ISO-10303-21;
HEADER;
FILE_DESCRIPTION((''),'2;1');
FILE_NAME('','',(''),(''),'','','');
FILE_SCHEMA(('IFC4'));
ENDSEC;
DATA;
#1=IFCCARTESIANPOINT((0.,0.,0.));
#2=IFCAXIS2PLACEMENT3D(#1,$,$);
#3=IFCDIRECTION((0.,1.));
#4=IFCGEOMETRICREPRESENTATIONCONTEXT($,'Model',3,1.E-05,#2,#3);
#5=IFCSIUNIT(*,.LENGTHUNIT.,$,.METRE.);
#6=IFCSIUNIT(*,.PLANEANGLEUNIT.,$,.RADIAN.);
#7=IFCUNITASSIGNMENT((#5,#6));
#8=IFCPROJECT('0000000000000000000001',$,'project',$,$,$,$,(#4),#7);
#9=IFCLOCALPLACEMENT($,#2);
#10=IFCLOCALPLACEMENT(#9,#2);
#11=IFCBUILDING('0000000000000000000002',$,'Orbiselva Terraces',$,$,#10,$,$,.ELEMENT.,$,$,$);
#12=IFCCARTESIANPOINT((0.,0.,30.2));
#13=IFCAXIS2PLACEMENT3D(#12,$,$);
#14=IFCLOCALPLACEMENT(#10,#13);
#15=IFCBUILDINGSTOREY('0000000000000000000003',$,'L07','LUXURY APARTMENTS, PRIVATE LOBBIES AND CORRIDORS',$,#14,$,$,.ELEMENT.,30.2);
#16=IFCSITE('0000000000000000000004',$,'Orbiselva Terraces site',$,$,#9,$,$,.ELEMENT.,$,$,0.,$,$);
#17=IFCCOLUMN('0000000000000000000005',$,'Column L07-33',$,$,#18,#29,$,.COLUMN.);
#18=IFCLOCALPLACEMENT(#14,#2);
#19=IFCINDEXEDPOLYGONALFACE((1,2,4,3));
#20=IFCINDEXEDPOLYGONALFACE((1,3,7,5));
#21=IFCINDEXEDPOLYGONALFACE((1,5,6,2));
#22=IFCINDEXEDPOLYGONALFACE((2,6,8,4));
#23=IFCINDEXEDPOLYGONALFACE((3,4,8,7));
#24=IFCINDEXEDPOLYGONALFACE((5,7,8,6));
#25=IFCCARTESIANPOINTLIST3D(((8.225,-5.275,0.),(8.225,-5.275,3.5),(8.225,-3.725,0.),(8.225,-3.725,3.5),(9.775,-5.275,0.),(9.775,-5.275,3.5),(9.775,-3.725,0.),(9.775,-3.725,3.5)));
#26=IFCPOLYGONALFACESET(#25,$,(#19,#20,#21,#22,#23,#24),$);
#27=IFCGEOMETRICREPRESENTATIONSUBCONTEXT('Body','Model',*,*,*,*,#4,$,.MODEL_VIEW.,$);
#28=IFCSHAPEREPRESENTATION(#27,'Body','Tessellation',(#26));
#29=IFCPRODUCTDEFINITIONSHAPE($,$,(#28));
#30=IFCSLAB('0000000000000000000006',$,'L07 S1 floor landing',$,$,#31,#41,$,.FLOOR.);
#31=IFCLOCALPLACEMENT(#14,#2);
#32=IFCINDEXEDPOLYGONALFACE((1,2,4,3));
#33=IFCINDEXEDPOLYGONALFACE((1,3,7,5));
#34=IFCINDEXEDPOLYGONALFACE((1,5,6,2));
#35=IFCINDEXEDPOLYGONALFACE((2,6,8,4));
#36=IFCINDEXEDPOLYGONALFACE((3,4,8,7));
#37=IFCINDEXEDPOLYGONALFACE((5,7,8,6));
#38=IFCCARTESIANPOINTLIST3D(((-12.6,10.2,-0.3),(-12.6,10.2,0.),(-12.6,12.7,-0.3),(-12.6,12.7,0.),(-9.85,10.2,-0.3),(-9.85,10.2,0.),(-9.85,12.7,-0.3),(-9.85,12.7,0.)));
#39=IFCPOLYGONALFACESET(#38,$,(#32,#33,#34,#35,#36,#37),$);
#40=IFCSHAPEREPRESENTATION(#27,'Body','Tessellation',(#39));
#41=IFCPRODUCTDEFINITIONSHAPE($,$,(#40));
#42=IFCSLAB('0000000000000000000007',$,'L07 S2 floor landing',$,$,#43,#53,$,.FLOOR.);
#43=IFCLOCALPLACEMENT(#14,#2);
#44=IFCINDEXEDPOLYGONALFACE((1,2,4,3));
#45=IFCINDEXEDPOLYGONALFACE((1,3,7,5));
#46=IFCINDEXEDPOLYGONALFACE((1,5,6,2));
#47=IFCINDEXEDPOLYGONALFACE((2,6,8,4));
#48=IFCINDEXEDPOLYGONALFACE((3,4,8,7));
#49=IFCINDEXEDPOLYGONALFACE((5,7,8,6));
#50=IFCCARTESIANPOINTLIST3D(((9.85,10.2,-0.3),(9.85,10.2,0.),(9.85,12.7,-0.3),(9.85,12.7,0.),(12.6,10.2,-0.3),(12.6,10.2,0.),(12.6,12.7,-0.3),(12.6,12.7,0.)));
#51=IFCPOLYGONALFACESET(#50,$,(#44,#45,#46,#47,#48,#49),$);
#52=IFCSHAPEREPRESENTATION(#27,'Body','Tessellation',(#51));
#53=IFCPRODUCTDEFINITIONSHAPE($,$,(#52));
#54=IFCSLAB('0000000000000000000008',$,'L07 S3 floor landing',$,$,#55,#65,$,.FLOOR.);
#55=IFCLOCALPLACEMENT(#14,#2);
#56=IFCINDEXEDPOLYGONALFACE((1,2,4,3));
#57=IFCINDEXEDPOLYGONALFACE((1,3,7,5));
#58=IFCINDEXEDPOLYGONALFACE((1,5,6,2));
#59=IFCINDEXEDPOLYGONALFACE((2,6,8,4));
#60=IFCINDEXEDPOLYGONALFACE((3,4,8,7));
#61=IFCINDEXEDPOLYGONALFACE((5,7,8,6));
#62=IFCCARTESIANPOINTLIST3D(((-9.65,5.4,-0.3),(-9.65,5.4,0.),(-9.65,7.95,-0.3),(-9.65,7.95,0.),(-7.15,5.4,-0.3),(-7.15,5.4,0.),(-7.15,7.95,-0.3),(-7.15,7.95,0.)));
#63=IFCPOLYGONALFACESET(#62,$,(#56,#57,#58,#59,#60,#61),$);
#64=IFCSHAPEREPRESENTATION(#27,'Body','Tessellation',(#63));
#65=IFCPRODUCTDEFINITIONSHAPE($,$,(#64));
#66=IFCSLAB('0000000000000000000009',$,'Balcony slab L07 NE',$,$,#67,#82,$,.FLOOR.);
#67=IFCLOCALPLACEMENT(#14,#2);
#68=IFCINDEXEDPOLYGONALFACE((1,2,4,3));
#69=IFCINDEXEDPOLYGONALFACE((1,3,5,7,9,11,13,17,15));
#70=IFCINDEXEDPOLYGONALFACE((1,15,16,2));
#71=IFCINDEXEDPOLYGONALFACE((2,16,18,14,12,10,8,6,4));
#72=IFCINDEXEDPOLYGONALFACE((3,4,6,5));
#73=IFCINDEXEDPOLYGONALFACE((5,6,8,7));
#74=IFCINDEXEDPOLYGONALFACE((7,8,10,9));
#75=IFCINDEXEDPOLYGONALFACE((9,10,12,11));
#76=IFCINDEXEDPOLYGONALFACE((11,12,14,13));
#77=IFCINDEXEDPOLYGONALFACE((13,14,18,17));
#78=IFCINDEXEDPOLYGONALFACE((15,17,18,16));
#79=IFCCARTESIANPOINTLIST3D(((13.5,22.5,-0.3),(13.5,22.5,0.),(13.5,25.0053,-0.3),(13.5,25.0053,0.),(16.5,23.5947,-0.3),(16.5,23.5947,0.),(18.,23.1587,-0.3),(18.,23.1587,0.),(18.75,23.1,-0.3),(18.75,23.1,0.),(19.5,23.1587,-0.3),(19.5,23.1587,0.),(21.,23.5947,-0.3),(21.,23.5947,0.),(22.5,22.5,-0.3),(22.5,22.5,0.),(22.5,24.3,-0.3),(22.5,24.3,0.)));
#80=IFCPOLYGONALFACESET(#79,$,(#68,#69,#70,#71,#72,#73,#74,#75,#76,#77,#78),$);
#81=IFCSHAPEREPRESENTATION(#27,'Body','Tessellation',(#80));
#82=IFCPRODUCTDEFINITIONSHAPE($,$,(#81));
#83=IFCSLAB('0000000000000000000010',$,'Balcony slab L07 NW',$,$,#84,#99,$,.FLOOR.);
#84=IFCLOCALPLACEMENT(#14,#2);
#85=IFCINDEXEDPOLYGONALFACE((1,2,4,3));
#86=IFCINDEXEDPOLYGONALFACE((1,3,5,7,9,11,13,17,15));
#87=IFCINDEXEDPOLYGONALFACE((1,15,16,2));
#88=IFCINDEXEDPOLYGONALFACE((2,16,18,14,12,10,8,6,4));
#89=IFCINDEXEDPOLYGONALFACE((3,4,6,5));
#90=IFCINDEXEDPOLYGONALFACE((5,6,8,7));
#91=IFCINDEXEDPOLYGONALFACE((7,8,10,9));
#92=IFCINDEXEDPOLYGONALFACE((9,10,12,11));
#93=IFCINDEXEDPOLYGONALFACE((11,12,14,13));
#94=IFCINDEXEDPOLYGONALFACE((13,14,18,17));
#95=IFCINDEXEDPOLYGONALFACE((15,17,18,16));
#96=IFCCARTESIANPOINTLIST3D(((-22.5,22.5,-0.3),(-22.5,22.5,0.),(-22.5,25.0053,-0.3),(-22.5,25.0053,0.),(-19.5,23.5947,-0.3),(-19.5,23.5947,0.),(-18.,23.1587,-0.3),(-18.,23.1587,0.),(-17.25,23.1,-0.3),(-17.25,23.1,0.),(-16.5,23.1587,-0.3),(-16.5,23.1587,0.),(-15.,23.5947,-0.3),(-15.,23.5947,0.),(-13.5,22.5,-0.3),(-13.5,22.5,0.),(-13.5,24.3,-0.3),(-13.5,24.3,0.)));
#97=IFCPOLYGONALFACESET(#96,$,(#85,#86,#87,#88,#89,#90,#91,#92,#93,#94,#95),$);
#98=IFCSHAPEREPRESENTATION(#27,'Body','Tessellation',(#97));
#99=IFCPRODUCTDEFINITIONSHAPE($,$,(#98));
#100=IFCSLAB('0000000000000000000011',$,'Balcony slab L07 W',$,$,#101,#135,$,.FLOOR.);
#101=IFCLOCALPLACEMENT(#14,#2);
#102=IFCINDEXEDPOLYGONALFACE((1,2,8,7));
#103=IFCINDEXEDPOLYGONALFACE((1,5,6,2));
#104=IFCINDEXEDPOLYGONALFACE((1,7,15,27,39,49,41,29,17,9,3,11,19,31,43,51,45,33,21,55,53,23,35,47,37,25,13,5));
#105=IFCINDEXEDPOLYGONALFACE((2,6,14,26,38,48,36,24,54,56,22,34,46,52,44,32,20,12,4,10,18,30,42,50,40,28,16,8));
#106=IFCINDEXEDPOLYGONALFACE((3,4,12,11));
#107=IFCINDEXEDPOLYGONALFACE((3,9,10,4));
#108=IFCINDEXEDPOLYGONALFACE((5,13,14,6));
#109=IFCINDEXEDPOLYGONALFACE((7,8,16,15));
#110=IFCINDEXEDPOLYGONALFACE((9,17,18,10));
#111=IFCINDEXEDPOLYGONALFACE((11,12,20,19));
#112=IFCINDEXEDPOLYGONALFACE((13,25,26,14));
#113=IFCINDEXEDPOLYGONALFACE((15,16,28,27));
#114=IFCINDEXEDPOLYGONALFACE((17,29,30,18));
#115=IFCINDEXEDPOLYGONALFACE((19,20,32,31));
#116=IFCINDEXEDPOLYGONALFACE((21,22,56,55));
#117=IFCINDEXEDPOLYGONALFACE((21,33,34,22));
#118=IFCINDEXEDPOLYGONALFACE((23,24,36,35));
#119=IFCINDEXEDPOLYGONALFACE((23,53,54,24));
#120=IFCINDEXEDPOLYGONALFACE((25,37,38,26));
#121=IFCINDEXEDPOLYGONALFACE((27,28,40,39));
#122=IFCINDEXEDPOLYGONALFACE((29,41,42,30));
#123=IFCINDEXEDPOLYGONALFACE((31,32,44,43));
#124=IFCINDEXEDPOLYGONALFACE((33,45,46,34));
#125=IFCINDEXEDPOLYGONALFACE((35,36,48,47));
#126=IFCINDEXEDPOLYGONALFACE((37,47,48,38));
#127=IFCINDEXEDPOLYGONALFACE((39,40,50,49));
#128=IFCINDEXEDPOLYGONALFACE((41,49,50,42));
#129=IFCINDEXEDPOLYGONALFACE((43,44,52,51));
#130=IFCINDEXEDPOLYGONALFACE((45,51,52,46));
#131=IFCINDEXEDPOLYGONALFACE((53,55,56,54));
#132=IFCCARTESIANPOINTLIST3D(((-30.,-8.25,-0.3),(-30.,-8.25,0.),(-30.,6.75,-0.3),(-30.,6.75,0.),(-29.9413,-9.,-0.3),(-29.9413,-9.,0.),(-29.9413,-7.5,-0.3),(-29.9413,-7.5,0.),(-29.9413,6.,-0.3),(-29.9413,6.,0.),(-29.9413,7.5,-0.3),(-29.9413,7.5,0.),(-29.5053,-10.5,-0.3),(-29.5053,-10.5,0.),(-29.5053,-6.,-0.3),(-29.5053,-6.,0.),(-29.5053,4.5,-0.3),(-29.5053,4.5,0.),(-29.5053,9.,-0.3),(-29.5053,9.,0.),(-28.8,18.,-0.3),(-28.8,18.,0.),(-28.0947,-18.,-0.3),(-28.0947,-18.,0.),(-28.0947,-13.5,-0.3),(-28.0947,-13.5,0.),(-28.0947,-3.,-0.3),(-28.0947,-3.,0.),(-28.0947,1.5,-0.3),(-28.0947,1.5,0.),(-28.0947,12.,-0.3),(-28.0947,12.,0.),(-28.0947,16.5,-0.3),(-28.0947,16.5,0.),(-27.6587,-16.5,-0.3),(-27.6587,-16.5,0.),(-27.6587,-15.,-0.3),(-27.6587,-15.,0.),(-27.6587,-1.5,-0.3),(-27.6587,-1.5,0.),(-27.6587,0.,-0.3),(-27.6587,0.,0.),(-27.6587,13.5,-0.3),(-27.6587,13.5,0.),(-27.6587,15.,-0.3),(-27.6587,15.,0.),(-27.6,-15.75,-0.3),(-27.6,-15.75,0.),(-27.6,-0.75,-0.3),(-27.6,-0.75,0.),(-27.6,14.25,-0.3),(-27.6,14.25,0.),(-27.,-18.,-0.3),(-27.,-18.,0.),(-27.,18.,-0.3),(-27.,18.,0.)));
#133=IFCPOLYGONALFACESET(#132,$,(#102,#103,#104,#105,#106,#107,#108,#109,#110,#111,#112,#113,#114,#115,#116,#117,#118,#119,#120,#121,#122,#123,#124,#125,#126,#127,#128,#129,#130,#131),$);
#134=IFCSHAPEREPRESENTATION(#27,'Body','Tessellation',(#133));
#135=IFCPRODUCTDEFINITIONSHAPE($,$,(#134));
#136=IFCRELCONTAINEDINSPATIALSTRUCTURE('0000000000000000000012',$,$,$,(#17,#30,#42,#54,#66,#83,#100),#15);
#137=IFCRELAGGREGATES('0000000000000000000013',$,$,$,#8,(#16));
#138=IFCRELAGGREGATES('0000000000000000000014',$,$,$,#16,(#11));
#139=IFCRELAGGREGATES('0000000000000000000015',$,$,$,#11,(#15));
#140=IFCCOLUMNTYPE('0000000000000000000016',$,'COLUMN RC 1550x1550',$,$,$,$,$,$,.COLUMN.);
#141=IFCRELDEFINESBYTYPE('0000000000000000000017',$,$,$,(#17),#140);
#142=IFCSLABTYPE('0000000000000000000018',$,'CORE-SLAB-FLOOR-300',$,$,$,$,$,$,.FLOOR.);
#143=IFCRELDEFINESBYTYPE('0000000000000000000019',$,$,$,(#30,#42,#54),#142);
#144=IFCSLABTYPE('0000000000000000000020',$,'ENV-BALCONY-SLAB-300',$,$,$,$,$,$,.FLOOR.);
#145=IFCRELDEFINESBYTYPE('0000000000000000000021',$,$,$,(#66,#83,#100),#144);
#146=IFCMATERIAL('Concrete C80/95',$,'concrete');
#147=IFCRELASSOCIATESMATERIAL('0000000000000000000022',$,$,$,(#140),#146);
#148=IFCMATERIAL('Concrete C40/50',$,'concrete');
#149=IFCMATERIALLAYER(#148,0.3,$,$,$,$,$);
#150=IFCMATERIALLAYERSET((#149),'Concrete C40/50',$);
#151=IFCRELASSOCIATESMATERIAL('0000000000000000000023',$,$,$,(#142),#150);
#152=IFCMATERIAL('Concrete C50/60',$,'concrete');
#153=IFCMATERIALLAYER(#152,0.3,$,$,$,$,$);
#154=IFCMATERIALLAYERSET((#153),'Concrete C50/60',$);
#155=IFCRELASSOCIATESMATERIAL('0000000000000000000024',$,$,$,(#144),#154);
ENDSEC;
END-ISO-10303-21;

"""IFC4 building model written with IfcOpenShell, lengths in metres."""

from ifc_helpers import new_model, si_unit, direction, frame, origin, origin_2d, place, context, subcontext, project, spatial, polyline, rectangle, outline, extrude, material, layer, layer_set, material_profile, profile_set, type_object, element, save


model = new_model("IFC4")

# Units and contexts
model_context = context("Model", 3, precision=1e-05, world=origin(), true_north=direction((0.0, 1.0)))
body_context = subcontext(model_context, "Body", "Model", "MODEL_VIEW")
ifc_project = project(units=[si_unit("LENGTHUNIT", "METRE"), si_unit("PLANEANGLEUNIT", "RADIAN")], contexts=[model_context])

# Site, building, storey
site_placement = place(None, origin())
site = spatial("IfcSite", under=ifc_project, at=site_placement, Name="Orbiselva Terraces site", CompositionType="ELEMENT", RefElevation=0.0)
building_placement = place(site_placement, origin())
building = spatial("IfcBuilding", under=site, at=building_placement, Name="Orbiselva Terraces", CompositionType="ELEMENT")
storey_placement = place(building_placement, frame((0.0, 0.0, 30.2)))
storey = spatial("IfcBuildingStorey", under=building, at=storey_placement, Name="L07", Description="LUXURY APARTMENTS, PRIVATE LOBBIES AND CORRIDORS", CompositionType="ELEMENT", Elevation=30.2)

# Column
ifc_material_1 = material(Name="Concrete C80/95", Category="concrete")
ifc_material_profile = material_profile(ifc_material_1, rectangle(XDim=1.55, YDim=1.55, at=origin_2d()), Name="RC 1550x1550")
ifc_profile_set = profile_set([ifc_material_profile], Name="Concrete C80/95")
column_type = type_object("IfcColumnType", Name="COLUMN RC 1550x1550", PredefinedType="COLUMN", material=ifc_profile_set)
column_placement = place(storey_placement, frame((9.0, -4.5, 0.0), z_axis=(0.0, 0.0, 1.0), x_axis=(1.0, 0.0, 0.0)))
element("IfcColumn", 1, at=column_placement, inside=storey, type_object=column_type, Name="Column L07-33", PredefinedType="COLUMN", context=body_context, shape_type="SweptSolid", body=[
    extrude(rectangle(XDim=1.55, YDim=1.55, at=origin_2d()), origin(), (0.0, 0.0, 1.0), 3.5),
])

# Slabs
ifc_material_2 = material(Name="Concrete C40/50", Category="concrete")
ifc_layer_1 = layer(ifc_material_2, 0.3)
ifc_layer_set_1 = layer_set([ifc_layer_1], Name="Concrete C40/50")
slab_type_1 = type_object("IfcSlabType", Name="CORE-SLAB-FLOOR-300", PredefinedType="FLOOR", material=ifc_layer_set_1)
slab_1_placement = place(storey_placement, frame((0.0, 0.0, -0.3)))
element("IfcSlab", 2, at=slab_1_placement, inside=storey, type_object=slab_type_1, Name="L07 S1 floor landing", PredefinedType="FLOOR", context=body_context, shape_type="SweptSolid", body=[
    extrude(outline(polyline([(-12.6, 12.7), (-9.85, 12.7), (-9.85, 10.2), (-12.6, 10.2), (-12.6, 12.7)])), origin(), (0.0, 0.0, 1.0), 0.3),
])
slab_2_placement = place(storey_placement, frame((0.0, 0.0, -0.3)))
element("IfcSlab", 3, at=slab_2_placement, inside=storey, type_object=slab_type_1, Name="L07 S2 floor landing", PredefinedType="FLOOR", context=body_context, shape_type="SweptSolid", body=[
    extrude(outline(polyline([(12.6, 12.7), (12.6, 10.2), (9.85, 10.2), (9.85, 12.7), (12.6, 12.7)])), origin(), (0.0, 0.0, 1.0), 0.3),
])
slab_3_placement = place(storey_placement, frame((0.0, 0.0, -0.3)))
element("IfcSlab", 4, at=slab_3_placement, inside=storey, type_object=slab_type_1, Name="L07 S3 floor landing", PredefinedType="FLOOR", context=body_context, shape_type="SweptSolid", body=[
    extrude(outline(polyline([(-7.15, 5.4), (-9.65, 5.4), (-9.65, 7.95), (-7.15, 7.95), (-7.15, 5.4)])), origin(), (0.0, 0.0, 1.0), 0.3),
])
ifc_material_3 = material(Name="Concrete C50/60", Category="concrete")
ifc_layer_2 = layer(ifc_material_3, 0.3)
ifc_layer_set_2 = layer_set([ifc_layer_2], Name="Concrete C50/60")
slab_type_2 = type_object("IfcSlabType", Name="ENV-BALCONY-SLAB-300", PredefinedType="FLOOR", material=ifc_layer_set_2)
slab_4_placement = place(storey_placement, frame((0.0, 0.0, -0.3)))
element("IfcSlab", 5, at=slab_4_placement, inside=storey, type_object=slab_type_2, Name="Balcony slab L07 NE", PredefinedType="FLOOR", context=body_context, shape_type="SweptSolid", body=[
    extrude(outline(polyline([(22.5, 24.3), (21.0, 23.5947), (19.5, 23.1587), (18.75, 23.1), (18.0, 23.1587), (16.5, 23.5947), (13.5, 25.0053), (13.5, 22.5), (22.5, 22.5), (22.5, 24.3)])), origin(), (0.0, 0.0, 1.0), 0.3),
])
slab_5_placement = place(storey_placement, frame((0.0, 0.0, -0.3)))
element("IfcSlab", 6, at=slab_5_placement, inside=storey, type_object=slab_type_2, Name="Balcony slab L07 NW", PredefinedType="FLOOR", context=body_context, shape_type="SweptSolid", body=[
    extrude(outline(polyline([(-13.5, 24.3), (-15.0, 23.5947), (-16.5, 23.1587), (-17.25, 23.1), (-18.0, 23.1587), (-19.5, 23.5947), (-22.5, 25.0053), (-22.5, 22.5), (-13.5, 22.5), (-13.5, 24.3)])), origin(), (0.0, 0.0, 1.0), 0.3),
])
slab_6_placement = place(storey_placement, frame((0.0, 0.0, -0.3)))
element("IfcSlab", 7, at=slab_6_placement, inside=storey, type_object=slab_type_2, Name="Balcony slab L07 W", PredefinedType="FLOOR", context=body_context, shape_type="SweptSolid", body=[
    extrude(outline(polyline([(-28.8, 18.0), (-28.0947, 16.5), (-27.6587, 15.0), (-27.6, 14.25), (-27.6587, 13.5), (-28.0947, 12.0), (-29.5053, 9.0), (-29.9413, 7.5), (-30.0, 6.75), (-29.9413, 6.0), (-29.5053, 4.5), (-28.0947, 1.5), (-27.6587, 0.0), (-27.6, -0.75), (-27.6587, -1.5), (-28.0947, -3.0), (-29.5053, -6.0), (-29.9413, -7.5), (-30.0, -8.25), (-29.9413, -9.0), (-29.5053, -10.5), (-28.0947, -13.5), (-27.6587, -15.0), (-27.6, -15.75), (-27.6587, -16.5), (-28.0947, -18.0), (-27.0, -18.0), (-27.0, 18.0), (-28.8, 18.0)])), origin(), (0.0, 0.0, 1.0), 0.3),
])

save(model, "model.ifc")
